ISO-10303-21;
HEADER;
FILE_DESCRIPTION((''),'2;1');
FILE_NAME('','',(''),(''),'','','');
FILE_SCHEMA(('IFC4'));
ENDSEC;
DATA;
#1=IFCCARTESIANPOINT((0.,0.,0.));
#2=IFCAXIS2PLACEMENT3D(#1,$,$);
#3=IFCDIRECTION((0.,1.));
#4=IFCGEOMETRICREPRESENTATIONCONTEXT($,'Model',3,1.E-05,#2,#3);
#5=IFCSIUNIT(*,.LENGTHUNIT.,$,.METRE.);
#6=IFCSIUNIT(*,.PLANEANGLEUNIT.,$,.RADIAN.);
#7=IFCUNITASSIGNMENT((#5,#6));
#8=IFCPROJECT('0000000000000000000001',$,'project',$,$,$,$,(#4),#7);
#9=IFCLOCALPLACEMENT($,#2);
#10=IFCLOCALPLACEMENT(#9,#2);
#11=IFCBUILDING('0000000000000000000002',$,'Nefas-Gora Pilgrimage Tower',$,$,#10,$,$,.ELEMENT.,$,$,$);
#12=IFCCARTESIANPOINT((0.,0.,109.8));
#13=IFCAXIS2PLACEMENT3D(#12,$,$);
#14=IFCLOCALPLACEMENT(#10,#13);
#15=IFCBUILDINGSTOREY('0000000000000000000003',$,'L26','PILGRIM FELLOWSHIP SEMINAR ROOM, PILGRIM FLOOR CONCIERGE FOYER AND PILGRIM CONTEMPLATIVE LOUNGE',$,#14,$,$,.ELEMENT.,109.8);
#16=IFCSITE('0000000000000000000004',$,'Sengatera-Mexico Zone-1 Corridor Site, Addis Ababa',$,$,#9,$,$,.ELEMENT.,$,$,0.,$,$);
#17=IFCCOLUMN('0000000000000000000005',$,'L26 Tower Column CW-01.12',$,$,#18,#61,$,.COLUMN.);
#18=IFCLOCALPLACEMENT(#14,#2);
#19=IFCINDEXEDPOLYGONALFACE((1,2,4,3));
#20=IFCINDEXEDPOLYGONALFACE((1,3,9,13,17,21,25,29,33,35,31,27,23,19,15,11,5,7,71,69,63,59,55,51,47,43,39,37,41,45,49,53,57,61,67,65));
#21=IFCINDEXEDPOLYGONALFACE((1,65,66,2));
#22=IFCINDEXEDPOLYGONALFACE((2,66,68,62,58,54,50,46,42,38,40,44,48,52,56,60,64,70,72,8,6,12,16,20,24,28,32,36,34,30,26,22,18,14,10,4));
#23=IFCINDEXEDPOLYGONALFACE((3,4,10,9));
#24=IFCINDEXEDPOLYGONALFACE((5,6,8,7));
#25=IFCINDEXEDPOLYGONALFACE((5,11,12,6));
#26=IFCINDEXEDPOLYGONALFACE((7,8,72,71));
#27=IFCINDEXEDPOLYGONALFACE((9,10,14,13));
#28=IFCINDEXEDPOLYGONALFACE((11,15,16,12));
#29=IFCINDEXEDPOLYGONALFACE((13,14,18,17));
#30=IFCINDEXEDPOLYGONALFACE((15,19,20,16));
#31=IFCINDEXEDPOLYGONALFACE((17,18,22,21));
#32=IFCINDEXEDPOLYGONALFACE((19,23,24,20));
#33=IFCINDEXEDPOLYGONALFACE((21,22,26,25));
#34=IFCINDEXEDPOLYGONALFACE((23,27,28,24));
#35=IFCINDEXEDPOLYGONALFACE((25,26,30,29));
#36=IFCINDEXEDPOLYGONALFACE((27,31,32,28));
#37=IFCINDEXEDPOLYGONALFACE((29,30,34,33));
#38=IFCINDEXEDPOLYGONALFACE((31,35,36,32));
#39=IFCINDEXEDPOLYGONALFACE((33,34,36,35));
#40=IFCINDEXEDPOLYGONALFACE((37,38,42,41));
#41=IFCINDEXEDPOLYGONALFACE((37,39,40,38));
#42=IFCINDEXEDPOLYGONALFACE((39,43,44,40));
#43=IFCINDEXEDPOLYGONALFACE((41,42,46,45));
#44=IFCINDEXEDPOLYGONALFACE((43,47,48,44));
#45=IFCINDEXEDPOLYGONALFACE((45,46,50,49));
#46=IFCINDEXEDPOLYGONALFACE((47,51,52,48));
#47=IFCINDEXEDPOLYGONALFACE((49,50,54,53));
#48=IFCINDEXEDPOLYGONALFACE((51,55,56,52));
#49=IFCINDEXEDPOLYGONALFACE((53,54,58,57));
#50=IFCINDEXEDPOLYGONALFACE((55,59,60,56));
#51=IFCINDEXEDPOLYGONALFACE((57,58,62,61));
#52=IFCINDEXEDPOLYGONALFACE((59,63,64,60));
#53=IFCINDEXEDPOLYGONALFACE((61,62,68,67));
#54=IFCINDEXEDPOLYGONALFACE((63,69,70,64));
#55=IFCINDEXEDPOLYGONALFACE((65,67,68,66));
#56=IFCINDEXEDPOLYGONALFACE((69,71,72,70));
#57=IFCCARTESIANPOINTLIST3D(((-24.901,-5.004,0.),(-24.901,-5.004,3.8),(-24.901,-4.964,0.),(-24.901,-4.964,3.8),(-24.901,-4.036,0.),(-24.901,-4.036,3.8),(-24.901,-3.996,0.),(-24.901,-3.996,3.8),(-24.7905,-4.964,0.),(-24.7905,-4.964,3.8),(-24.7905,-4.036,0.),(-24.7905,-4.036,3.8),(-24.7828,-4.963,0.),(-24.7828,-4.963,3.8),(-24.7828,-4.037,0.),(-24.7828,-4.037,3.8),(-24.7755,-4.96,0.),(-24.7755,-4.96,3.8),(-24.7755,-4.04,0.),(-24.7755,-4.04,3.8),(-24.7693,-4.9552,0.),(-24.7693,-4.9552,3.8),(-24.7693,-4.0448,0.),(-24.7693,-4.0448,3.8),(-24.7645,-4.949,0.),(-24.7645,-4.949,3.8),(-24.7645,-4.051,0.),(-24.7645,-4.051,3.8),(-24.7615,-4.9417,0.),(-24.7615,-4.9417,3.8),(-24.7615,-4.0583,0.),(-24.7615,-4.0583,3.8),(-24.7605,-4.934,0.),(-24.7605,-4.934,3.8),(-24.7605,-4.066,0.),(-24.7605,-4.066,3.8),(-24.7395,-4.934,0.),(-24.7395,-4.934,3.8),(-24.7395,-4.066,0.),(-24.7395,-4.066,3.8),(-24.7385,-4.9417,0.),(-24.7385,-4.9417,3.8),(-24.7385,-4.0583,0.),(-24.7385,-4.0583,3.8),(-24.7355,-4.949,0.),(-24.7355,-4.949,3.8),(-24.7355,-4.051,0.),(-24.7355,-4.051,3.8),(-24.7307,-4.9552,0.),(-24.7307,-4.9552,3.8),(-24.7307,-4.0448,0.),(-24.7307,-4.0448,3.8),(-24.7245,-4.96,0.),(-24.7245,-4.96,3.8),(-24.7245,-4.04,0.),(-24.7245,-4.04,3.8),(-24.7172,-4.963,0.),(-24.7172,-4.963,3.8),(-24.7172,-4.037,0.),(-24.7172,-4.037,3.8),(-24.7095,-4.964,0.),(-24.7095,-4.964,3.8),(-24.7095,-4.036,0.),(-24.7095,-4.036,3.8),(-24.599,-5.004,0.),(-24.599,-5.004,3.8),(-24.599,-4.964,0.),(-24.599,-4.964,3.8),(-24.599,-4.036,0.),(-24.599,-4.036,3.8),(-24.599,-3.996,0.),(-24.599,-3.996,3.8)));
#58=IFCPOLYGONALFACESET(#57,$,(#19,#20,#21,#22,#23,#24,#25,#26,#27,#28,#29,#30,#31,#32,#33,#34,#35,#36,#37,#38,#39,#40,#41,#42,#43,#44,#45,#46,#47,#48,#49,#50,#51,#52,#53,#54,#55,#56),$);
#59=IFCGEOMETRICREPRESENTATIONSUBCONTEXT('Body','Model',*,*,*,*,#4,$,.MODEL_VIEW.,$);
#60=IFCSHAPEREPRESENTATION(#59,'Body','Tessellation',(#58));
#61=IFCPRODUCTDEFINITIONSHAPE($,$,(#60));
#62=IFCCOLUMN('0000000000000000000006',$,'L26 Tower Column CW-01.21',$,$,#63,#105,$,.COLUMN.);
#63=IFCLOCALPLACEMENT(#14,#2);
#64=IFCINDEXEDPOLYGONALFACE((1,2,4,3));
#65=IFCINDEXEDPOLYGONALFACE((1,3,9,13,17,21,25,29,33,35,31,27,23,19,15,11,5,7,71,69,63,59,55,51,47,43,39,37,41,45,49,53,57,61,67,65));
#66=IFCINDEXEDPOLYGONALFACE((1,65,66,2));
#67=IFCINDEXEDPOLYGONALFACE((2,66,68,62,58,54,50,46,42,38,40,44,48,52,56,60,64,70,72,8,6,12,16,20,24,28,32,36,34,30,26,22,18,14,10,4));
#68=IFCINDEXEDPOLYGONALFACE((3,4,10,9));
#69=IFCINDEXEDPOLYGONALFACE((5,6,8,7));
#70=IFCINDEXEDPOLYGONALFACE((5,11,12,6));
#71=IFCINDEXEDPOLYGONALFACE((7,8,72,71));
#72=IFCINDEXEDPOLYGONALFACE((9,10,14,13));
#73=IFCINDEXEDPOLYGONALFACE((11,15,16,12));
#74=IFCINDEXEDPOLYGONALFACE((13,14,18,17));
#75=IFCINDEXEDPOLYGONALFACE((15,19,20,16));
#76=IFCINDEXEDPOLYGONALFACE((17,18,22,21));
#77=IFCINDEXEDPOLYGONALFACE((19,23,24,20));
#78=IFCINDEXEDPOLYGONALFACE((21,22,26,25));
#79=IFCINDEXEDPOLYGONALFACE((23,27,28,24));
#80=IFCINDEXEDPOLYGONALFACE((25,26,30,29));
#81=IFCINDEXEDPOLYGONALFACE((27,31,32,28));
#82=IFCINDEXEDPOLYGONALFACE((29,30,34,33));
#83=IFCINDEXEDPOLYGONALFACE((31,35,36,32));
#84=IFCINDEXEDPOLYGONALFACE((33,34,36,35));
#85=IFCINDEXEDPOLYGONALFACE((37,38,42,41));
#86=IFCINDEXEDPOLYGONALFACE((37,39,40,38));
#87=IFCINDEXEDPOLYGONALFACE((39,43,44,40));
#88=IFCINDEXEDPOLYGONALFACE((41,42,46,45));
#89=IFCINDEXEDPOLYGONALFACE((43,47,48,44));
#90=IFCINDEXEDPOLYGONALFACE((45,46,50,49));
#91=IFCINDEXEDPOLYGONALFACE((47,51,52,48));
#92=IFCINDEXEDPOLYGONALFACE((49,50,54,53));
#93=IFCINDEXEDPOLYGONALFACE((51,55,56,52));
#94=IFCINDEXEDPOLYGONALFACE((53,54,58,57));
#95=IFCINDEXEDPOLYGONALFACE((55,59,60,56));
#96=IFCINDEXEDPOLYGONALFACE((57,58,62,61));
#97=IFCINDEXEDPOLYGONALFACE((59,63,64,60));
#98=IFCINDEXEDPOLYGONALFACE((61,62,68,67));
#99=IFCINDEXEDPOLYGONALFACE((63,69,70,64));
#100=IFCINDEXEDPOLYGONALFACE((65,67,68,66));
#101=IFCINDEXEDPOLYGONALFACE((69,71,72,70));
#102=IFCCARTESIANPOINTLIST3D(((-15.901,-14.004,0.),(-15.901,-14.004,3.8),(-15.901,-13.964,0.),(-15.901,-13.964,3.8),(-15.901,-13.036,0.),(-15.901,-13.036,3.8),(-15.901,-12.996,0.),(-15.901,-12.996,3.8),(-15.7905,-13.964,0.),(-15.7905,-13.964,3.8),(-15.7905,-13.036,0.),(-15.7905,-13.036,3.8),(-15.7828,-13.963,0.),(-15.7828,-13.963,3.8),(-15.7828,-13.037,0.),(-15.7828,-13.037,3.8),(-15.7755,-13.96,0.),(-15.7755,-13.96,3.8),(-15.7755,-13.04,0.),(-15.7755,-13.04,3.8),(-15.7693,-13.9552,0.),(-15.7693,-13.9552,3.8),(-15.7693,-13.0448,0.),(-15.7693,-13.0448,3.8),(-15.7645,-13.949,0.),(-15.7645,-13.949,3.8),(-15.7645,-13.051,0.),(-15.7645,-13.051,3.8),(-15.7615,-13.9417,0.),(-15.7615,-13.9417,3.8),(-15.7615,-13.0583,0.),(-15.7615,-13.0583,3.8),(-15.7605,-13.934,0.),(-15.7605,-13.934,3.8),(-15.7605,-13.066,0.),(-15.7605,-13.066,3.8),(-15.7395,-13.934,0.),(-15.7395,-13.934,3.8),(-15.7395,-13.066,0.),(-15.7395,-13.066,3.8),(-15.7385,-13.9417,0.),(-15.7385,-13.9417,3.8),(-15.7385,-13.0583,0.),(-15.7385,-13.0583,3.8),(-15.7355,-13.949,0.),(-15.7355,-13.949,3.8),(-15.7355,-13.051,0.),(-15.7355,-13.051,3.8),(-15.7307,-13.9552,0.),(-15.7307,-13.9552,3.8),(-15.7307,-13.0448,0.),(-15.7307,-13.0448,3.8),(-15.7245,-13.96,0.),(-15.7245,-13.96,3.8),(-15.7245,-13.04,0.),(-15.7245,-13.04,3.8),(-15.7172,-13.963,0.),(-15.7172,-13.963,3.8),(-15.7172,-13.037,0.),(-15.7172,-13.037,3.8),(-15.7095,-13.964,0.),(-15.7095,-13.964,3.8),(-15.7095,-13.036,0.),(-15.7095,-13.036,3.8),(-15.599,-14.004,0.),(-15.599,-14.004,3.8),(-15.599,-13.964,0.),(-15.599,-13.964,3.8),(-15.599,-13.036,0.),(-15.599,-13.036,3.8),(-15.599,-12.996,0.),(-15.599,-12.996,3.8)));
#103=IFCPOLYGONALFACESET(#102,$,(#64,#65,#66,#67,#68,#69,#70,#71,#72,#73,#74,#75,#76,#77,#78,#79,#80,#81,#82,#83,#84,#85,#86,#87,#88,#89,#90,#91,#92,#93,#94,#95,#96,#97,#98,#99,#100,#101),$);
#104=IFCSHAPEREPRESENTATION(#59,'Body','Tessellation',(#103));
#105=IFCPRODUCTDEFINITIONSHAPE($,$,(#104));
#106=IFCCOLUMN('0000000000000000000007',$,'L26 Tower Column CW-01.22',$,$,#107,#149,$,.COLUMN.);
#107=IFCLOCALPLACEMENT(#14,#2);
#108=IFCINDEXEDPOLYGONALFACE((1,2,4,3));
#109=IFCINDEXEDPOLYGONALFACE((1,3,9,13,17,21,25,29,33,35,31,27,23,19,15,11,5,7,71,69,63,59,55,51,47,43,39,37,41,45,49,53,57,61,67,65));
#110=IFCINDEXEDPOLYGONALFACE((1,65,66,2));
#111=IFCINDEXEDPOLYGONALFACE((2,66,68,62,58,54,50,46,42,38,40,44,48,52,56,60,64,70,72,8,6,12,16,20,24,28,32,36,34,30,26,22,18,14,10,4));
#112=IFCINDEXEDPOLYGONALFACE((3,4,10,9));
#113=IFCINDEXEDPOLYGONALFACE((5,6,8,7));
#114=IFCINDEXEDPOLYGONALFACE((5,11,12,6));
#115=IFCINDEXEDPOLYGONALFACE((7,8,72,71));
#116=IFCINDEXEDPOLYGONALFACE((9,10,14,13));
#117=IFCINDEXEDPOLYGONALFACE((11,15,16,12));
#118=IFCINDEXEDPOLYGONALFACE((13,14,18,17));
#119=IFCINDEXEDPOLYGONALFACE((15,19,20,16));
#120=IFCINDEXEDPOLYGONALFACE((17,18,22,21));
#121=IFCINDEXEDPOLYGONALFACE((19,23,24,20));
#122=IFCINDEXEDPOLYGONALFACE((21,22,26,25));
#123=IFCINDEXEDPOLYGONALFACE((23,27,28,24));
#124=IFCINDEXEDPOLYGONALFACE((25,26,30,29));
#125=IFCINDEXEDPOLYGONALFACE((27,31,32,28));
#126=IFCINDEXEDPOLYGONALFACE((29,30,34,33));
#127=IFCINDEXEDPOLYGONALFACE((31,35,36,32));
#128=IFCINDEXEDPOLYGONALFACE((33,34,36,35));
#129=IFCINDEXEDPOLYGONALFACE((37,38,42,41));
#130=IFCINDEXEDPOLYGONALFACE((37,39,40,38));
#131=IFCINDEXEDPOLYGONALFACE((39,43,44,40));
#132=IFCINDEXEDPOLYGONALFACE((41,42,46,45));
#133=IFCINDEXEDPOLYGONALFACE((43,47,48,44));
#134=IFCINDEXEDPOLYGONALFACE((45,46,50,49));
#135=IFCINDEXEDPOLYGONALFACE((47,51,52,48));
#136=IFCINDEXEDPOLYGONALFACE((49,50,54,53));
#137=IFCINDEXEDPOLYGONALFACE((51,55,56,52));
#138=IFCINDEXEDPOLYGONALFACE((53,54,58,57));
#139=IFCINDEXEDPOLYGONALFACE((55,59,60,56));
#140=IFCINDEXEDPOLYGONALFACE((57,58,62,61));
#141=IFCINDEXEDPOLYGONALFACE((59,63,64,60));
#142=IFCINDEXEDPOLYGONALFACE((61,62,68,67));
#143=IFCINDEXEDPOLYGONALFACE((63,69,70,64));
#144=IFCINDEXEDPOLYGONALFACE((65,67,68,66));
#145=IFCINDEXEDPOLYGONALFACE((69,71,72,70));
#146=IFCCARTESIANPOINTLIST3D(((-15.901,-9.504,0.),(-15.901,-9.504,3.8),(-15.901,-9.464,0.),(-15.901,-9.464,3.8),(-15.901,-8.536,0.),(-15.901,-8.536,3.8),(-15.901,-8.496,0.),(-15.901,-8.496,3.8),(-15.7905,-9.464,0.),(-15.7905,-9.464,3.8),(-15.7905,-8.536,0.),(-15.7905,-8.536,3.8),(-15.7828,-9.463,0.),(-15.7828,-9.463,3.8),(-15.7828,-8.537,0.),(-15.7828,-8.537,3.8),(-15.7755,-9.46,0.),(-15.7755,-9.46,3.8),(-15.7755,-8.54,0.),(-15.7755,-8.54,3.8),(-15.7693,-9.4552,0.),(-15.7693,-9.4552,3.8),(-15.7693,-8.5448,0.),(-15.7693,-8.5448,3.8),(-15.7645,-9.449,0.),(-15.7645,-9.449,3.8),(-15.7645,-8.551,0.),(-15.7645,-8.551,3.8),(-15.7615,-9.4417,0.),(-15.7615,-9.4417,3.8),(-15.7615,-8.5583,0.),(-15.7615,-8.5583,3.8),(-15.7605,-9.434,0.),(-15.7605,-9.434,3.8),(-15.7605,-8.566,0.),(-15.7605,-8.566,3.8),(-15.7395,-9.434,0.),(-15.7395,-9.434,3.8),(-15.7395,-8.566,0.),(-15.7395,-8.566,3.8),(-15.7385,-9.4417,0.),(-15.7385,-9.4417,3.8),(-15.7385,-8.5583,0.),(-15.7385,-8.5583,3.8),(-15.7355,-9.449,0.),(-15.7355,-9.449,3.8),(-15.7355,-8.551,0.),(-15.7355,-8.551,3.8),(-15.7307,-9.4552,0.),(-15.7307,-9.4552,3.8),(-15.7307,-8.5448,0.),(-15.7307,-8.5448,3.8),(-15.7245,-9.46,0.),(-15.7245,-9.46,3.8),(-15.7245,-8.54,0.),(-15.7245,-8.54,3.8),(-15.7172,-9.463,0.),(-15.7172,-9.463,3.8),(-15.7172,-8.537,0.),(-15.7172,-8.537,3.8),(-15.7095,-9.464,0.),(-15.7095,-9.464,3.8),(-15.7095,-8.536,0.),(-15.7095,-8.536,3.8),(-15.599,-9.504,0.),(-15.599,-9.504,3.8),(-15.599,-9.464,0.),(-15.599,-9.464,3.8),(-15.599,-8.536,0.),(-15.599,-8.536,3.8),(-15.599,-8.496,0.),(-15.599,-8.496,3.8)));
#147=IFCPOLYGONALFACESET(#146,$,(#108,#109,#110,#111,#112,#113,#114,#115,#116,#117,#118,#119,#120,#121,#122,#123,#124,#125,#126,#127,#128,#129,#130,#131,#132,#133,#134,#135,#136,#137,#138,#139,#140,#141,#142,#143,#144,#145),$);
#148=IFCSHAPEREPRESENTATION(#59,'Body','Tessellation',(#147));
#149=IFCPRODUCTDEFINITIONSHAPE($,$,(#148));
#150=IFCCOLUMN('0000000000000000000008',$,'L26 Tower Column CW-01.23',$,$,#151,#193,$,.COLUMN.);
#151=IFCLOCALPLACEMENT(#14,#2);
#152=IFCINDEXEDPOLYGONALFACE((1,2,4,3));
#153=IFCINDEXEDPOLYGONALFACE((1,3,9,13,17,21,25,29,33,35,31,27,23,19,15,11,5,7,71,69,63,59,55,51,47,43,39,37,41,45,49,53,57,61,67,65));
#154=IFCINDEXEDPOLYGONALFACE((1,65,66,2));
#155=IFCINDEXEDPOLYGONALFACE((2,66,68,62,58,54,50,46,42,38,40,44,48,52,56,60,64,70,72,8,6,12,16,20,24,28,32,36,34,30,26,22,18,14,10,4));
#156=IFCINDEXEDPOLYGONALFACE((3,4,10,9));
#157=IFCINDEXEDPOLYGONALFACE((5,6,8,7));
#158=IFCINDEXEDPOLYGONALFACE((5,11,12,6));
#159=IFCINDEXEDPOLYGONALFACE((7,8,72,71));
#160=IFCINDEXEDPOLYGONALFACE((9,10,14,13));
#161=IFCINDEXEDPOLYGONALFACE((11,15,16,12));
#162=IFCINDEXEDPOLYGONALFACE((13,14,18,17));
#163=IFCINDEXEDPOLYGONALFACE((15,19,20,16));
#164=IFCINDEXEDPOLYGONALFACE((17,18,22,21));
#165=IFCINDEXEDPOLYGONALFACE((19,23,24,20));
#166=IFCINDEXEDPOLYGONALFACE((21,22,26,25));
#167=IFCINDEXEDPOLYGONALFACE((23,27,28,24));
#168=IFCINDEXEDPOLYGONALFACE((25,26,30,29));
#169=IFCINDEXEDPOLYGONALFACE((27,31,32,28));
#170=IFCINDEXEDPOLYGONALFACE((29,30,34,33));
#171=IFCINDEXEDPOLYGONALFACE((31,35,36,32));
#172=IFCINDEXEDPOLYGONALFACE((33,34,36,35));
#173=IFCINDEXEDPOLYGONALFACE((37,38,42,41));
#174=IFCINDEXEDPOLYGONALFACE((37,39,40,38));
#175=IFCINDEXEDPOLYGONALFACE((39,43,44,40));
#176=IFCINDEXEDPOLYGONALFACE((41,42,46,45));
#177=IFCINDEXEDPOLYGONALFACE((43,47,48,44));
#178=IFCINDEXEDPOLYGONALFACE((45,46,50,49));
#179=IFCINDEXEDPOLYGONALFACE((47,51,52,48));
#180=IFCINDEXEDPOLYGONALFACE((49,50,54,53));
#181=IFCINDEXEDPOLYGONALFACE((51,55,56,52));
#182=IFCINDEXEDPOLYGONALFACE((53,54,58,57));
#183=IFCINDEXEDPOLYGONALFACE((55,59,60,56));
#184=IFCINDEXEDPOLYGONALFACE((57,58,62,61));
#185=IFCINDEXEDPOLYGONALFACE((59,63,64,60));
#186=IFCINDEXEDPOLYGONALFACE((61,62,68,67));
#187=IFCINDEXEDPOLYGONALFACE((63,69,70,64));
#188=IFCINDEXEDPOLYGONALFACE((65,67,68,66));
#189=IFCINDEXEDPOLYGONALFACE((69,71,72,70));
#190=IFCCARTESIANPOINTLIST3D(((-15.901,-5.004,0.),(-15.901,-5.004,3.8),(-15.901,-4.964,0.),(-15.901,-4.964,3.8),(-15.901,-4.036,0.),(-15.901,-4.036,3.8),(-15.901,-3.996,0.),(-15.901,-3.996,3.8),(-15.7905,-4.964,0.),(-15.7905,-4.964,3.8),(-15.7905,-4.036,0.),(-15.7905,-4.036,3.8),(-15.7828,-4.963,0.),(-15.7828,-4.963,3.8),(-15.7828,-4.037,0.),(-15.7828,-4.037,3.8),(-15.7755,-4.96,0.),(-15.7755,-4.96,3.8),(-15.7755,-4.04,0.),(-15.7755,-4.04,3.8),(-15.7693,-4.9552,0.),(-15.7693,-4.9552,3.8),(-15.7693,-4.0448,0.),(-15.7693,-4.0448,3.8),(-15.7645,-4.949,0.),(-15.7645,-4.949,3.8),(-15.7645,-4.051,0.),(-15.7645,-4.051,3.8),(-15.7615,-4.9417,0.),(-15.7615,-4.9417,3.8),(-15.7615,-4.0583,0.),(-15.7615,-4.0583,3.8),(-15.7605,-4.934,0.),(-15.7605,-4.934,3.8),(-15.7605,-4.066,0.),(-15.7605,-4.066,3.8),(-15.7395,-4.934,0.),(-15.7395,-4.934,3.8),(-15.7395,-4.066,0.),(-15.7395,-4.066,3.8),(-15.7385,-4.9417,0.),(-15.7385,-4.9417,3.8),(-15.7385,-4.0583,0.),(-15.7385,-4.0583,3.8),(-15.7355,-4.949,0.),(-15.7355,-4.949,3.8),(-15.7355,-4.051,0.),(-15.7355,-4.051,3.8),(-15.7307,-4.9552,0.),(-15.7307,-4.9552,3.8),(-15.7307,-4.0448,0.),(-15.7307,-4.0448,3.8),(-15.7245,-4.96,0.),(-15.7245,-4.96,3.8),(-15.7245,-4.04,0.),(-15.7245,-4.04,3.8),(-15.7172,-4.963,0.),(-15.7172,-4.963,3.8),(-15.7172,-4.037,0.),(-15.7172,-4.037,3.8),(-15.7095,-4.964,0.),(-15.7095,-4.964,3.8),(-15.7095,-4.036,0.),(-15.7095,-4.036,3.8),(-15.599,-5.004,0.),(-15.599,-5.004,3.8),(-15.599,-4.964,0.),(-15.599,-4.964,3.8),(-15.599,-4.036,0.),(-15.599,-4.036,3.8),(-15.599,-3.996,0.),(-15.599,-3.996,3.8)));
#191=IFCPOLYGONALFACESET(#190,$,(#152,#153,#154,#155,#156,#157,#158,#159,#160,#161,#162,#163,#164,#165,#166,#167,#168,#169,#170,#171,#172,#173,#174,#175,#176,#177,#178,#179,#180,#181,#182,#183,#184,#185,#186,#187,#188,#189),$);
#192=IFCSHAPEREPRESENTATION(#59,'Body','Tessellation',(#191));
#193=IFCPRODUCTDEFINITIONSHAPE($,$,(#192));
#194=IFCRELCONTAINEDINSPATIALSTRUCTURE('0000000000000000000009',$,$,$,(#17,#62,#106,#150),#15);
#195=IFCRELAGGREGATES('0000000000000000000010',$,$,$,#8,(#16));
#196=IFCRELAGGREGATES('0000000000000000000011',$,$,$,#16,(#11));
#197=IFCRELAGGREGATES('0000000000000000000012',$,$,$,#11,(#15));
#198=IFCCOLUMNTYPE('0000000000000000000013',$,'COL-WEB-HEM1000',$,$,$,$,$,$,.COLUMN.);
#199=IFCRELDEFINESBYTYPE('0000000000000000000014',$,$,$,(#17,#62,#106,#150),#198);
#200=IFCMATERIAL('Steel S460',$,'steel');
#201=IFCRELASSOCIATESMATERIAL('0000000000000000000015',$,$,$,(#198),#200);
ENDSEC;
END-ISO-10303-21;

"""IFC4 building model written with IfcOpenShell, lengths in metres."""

from ifc_helpers import new_model, si_unit, direction, frame, origin, origin_2d, place, context, subcontext, project, spatial, i_section, extrude, source, transform, mapped, material, material_profile, profile_set, type_object, element, save


model = new_model("IFC4")

# Units and contexts
model_context = context("Model", 3, precision=1e-05, world=origin(), true_north=direction((0.0, 1.0)))
body_context = subcontext(model_context, "Body", "Model", "MODEL_VIEW")
ifc_project = project(units=[si_unit("LENGTHUNIT", "METRE"), si_unit("PLANEANGLEUNIT", "RADIAN")], contexts=[model_context])

# Site, building, storey
site_placement = place(None, origin())
site = spatial("IfcSite", under=ifc_project, at=site_placement, Name="Sengatera-Mexico Zone-1 Corridor Site, Addis Ababa", CompositionType="ELEMENT", RefElevation=0.0)
building_placement = place(site_placement, origin())
building = spatial("IfcBuilding", under=site, at=building_placement, Name="Nefas-Gora Pilgrimage Tower", CompositionType="ELEMENT")
storey_placement = place(building_placement, frame((0.0, 0.0, 109.8)))
storey = spatial("IfcBuildingStorey", under=building, at=storey_placement, Name="L26", Description="PILGRIM FELLOWSHIP SEMINAR ROOM, PILGRIM FLOOR CONCIERGE FOYER AND PILGRIM CONTEMPLATIVE LOUNGE", CompositionType="ELEMENT", Elevation=109.8)

# Columns
ifc_material_1 = material(Name="Steel S460", Category="steel")
ifc_material_profile_1 = material_profile(ifc_material_1, i_section(OverallWidth=0.302, OverallDepth=1.0081, WebThickness=0.021, FlangeThickness=0.04, FilletRadius=0.03, at=origin_2d()), Name="HEM 1000")
ifc_profile_set_1 = profile_set([ifc_material_profile_1], Name="Steel S460")
column_type_1 = type_object("IfcColumnType", Name="COL-WEB-HEM1000", PredefinedType="COLUMN", material=ifc_profile_set_1)
shared_shape_1 = source(origin(), body_context, "Body", "SweptSolid", [
    extrude(i_section(OverallWidth=0.302, OverallDepth=1.0081, WebThickness=0.021, FlangeThickness=0.04, FilletRadius=0.03, at=origin_2d()), origin(), (0.0, 0.0, 1.0), 3.8),
])
for number, where, z_axis, x_axis, name in (
    (1, (-24.75, -4.5, 0.0), (0.0, 0.0, 1.0), (1.0, 0.0, 0.0), "L26 Tower Column CW-01.12"),
    (2, (-15.75, -13.5, 0.0), (0.0, 0.0, 1.0), (1.0, 0.0, 0.0), "L26 Tower Column CW-01.21"),
    (3, (-15.75, -9.0, 0.0), (0.0, 0.0, 1.0), (1.0, 0.0, 0.0), "L26 Tower Column CW-01.22"),
    (4, (-15.75, -4.5, 0.0), (0.0, 0.0, 1.0), (1.0, 0.0, 0.0), "L26 Tower Column CW-01.23"),
):
    element("IfcColumn", number, at=place(storey_placement, frame(where, z_axis=z_axis, x_axis=x_axis)), inside=storey, type_object=column_type_1, Name=name, PredefinedType="COLUMN", context=body_context, shape_type="MappedRepresentation", body=[
        mapped(shared_shape_1, transform((0.0, 0.0, 0.0), x_axis=(1.0, 0.0, 0.0), y_axis=(0.0, 1.0, 0.0), z_axis=(0.0, 0.0, 1.0), scale=1.0)),
    ])

save(model, "model.ifc")
